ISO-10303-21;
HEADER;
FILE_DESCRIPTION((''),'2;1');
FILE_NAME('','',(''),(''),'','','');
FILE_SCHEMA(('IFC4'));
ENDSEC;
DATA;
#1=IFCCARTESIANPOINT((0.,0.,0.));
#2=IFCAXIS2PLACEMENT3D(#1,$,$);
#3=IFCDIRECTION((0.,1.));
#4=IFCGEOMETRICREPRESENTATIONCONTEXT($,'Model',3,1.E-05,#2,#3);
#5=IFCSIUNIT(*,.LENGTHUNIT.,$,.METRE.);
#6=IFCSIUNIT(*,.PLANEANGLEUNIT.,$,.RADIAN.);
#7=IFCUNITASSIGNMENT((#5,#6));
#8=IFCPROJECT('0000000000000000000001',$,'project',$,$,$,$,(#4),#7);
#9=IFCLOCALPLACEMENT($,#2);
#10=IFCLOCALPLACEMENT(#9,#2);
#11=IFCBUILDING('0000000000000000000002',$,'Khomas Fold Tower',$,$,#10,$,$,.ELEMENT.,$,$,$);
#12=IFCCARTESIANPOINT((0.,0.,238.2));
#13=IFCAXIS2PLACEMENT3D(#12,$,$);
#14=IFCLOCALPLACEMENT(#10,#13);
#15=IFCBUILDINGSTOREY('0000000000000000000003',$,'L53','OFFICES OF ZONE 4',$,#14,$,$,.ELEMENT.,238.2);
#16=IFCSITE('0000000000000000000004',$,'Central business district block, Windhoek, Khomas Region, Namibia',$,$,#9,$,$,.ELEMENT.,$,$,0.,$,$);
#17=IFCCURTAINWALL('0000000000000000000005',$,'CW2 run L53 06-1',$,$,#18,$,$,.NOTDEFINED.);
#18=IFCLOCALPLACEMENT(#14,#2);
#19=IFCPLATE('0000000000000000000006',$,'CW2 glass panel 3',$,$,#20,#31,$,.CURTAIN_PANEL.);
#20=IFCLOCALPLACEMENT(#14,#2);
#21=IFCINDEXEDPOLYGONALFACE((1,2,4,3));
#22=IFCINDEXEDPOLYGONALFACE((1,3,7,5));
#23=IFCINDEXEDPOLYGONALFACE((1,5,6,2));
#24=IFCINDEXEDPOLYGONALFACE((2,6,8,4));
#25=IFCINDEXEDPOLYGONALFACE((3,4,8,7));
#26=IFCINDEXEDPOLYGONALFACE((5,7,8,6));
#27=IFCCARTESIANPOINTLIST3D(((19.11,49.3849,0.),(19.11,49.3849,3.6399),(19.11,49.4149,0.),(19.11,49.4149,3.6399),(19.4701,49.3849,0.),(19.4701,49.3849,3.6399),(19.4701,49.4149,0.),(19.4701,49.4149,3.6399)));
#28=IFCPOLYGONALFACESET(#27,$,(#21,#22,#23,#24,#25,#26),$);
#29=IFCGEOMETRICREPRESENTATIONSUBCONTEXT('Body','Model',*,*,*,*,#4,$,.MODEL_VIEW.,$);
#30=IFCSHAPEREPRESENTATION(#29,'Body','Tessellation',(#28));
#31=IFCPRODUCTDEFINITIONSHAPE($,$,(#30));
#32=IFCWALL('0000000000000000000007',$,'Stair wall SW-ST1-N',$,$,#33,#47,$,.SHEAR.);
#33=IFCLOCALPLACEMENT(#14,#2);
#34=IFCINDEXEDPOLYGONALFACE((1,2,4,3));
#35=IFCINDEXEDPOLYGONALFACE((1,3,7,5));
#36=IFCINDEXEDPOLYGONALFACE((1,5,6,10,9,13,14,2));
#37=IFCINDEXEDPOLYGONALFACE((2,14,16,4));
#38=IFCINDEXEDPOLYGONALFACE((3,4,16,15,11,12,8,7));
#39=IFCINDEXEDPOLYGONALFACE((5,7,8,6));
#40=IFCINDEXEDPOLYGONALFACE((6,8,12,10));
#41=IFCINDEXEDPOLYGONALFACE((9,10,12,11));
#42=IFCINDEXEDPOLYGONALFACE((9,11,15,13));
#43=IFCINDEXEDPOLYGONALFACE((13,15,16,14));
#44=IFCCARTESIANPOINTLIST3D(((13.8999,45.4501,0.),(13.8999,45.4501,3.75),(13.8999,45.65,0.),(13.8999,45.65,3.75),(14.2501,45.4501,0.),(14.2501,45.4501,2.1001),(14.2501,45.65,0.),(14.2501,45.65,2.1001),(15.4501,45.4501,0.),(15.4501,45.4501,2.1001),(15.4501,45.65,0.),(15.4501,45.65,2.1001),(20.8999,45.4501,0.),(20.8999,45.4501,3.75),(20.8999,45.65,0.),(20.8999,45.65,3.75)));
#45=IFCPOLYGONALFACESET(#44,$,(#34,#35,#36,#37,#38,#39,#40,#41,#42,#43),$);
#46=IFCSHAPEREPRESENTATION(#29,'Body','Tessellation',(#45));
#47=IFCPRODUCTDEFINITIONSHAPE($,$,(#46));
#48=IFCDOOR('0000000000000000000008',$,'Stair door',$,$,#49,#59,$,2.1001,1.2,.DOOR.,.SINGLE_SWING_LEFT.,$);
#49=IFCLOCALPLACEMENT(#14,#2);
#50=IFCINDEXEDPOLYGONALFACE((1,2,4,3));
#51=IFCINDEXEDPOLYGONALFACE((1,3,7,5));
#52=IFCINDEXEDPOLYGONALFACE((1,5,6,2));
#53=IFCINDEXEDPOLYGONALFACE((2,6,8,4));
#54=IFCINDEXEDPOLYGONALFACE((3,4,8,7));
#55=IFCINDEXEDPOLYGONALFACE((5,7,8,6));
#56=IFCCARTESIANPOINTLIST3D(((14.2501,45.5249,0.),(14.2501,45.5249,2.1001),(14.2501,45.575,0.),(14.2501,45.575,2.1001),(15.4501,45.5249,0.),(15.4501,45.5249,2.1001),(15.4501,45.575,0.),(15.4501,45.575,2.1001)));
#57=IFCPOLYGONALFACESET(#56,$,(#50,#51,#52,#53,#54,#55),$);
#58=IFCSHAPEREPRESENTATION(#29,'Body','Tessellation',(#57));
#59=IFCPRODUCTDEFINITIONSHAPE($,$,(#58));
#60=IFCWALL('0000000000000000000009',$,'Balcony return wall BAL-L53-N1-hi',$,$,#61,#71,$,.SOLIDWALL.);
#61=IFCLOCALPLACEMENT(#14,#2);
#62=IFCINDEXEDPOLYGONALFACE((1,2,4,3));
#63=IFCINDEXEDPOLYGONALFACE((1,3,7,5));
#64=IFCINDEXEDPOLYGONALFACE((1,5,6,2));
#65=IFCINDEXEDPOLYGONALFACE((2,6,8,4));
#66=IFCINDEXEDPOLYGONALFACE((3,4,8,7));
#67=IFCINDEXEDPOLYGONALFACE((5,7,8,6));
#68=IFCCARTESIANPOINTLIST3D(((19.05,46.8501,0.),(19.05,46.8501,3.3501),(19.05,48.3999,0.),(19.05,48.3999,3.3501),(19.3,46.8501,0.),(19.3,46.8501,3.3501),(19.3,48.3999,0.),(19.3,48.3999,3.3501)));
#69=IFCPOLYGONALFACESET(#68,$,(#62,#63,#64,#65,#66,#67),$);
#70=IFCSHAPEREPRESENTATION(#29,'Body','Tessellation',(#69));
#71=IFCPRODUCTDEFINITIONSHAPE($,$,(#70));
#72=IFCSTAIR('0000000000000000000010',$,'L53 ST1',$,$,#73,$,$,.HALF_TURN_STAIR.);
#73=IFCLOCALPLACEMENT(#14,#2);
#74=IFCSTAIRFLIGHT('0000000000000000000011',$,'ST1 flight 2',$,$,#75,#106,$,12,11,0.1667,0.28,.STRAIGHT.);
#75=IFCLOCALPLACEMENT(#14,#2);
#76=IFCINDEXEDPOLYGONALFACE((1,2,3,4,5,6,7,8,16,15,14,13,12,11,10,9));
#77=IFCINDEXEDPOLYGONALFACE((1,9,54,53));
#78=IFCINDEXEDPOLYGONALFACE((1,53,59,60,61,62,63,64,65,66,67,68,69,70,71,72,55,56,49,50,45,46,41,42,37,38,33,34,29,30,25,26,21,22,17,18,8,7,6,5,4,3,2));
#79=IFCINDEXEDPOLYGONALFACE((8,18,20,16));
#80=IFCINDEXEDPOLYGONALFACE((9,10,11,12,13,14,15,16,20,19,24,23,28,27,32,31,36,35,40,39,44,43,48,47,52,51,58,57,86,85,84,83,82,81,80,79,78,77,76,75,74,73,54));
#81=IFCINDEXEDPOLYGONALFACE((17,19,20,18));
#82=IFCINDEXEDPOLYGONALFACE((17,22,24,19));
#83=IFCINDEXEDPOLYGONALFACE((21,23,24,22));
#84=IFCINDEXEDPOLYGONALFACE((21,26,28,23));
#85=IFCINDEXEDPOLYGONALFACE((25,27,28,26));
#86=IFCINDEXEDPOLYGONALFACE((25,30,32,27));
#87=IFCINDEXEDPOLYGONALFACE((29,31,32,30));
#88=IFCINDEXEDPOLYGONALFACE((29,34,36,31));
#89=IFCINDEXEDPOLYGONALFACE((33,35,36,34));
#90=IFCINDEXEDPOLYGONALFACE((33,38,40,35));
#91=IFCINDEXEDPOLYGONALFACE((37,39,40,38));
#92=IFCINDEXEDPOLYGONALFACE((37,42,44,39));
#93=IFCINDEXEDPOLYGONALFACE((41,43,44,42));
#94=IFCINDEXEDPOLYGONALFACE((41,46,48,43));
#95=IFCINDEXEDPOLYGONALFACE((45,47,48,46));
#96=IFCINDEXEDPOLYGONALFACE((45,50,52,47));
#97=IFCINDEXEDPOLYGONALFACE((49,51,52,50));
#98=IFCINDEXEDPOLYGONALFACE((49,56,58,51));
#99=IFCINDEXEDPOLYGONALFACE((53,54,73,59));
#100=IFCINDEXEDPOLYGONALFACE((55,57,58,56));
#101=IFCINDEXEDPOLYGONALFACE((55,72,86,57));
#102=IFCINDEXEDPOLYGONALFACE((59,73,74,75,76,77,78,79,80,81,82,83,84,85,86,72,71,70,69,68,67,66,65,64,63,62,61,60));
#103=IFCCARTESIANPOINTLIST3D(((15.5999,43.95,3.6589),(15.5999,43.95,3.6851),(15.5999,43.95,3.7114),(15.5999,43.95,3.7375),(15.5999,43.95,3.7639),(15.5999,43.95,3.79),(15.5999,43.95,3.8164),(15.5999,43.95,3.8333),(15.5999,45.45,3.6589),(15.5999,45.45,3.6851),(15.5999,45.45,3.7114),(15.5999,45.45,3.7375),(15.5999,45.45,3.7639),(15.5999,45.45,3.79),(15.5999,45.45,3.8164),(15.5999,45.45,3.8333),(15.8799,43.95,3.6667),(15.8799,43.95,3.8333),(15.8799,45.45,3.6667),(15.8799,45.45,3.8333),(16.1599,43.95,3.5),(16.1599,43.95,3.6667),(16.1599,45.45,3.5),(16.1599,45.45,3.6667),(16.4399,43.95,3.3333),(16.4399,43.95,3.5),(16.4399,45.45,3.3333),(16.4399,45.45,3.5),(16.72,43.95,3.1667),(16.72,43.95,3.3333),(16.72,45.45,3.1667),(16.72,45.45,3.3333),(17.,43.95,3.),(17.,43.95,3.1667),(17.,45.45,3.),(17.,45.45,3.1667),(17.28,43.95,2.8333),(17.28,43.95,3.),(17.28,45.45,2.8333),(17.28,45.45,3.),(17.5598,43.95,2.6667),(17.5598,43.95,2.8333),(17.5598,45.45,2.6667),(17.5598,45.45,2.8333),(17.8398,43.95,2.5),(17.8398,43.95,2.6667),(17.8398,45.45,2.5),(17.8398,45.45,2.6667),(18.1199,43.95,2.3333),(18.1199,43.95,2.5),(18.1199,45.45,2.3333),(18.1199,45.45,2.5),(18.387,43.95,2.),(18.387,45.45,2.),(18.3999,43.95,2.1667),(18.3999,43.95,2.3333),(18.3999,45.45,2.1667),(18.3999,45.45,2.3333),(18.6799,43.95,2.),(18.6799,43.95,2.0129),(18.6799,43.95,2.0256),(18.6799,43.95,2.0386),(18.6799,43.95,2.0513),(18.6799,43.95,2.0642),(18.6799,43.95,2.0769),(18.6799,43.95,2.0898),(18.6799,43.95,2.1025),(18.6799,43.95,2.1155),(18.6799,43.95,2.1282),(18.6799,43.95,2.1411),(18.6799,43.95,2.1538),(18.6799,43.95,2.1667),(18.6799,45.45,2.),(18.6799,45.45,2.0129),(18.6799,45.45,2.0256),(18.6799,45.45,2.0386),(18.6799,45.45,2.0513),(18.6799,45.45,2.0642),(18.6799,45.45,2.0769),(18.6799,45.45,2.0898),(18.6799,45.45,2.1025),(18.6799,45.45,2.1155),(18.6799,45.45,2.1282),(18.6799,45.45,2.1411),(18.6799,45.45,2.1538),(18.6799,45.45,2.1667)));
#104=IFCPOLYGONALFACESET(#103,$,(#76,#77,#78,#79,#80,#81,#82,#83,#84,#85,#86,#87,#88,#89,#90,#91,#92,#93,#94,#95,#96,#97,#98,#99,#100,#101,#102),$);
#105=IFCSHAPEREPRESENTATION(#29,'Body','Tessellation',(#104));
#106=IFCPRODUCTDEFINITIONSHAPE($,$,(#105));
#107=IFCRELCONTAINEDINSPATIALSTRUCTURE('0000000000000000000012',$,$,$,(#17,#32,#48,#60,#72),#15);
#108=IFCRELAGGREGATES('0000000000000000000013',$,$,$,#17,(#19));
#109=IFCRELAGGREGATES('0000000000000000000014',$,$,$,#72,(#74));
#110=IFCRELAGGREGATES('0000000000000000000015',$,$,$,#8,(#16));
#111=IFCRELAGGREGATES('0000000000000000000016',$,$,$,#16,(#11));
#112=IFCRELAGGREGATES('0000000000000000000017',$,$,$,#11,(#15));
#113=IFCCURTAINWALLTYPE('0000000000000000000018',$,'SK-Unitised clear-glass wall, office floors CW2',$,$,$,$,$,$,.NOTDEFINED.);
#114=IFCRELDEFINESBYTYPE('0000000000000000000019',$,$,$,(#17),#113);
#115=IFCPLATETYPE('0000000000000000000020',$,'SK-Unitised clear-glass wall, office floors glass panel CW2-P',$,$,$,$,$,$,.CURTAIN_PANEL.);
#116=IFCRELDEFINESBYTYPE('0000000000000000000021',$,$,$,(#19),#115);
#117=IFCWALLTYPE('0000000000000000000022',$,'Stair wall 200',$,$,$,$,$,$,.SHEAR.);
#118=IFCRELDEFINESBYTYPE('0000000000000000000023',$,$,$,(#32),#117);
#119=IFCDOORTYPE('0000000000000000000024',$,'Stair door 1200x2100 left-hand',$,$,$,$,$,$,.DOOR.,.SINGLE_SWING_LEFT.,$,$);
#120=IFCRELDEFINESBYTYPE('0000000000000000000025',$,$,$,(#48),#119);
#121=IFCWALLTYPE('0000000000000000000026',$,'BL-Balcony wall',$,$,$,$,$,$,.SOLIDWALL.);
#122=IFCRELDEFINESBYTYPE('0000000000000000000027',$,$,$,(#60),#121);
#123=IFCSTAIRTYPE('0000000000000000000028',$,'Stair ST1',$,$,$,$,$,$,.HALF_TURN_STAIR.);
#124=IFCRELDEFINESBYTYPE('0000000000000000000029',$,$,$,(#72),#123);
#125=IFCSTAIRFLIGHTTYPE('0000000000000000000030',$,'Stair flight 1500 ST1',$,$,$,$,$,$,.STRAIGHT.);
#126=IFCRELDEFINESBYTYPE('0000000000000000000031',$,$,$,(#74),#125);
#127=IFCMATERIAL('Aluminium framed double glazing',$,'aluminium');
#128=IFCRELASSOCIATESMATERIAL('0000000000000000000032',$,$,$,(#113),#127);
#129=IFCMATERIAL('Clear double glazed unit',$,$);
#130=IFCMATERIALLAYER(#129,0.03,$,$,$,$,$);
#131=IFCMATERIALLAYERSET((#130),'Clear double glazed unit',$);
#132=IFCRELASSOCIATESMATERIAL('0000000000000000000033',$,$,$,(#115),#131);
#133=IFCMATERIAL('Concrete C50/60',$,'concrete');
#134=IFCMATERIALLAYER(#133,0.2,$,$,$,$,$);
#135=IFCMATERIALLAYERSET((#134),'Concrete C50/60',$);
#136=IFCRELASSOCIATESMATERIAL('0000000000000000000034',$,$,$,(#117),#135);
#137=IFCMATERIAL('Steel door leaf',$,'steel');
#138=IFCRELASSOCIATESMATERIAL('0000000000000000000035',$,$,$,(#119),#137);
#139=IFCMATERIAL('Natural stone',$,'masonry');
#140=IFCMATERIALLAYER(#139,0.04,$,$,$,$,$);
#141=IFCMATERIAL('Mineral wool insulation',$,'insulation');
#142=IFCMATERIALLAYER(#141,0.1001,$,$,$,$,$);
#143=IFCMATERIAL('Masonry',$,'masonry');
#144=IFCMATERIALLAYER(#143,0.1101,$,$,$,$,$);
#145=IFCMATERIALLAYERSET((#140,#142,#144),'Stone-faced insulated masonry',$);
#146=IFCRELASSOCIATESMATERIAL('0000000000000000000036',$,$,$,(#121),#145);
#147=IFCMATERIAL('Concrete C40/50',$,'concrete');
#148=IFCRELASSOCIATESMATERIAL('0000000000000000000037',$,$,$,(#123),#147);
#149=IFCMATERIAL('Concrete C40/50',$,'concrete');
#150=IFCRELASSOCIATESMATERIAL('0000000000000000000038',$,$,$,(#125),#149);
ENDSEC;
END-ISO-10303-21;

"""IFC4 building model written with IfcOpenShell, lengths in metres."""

from ifc_helpers import new_model, si_unit, direction, frame, frame_2d, origin, origin_2d, place, context, subcontext, project, spatial, polyline, rectangle, outline, extrude, source, transform, mapped, material, layer, layer_set, type_object, element, fill, aggregate, save


model = new_model("IFC4")

# Units and contexts
model_context = context("Model", 3, precision=1e-05, world=origin(), true_north=direction((0.0, 1.0)))
body_context = subcontext(model_context, "Body", "Model", "MODEL_VIEW")
ifc_project = project(units=[si_unit("LENGTHUNIT", "METRE"), si_unit("PLANEANGLEUNIT", "RADIAN")], contexts=[model_context])

# Site, building, storey
site_placement = place(None, origin())
site = spatial("IfcSite", under=ifc_project, at=site_placement, Name="Central business district block, Windhoek, Khomas Region, Namibia", CompositionType="ELEMENT", RefElevation=0.0)
building_placement = place(site_placement, origin())
building = spatial("IfcBuilding", under=site, at=building_placement, Name="Khomas Fold Tower", CompositionType="ELEMENT")
storey_placement = place(building_placement, frame((0.0, 0.0, 238.2)))
storey = spatial("IfcBuildingStorey", under=building, at=storey_placement, Name="L53", Description="OFFICES OF ZONE 4", CompositionType="ELEMENT", Elevation=238.2)

# Curtain wall
ifc_material_1 = material(Name="Aluminium framed double glazing", Category="aluminium")
curtain_wall_type = type_object("IfcCurtainWallType", Name="SK-Unitised clear-glass wall, office floors CW2", PredefinedType="NOTDEFINED", material=ifc_material_1)
curtain_wall_1_placement = place(storey_placement, origin())
curtain_wall_1 = element("IfcCurtainWall", 1, at=curtain_wall_1_placement, inside=storey, type_object=curtain_wall_type, Name="CW2 run L53 06-1", PredefinedType="NOTDEFINED")

# Plate
ifc_material_2 = material(Name="Clear double glazed unit")
ifc_layer_1 = layer(ifc_material_2, 0.03)
ifc_layer_set_1 = layer_set([ifc_layer_1], Name="Clear double glazed unit")
plate_type = type_object("IfcPlateType", Name="SK-Unitised clear-glass wall, office floors glass panel CW2-P", PredefinedType="CURTAIN_PANEL", material=ifc_layer_set_1)
shared_shape_1 = source(origin(), body_context, "Body", "SweptSolid", [
    extrude(rectangle(XDim=0.3601, YDim=0.03, at=origin_2d()), origin(), (0.0, 0.0, 1.0), 3.6399),
])
plate_placement = place(storey_placement, frame((19.29, 49.3999, 0.0), z_axis=(0.0, 0.0, 1.0), x_axis=(-1.0, 0.0, 0.0)))
plate = element("IfcPlate", 2, at=plate_placement, type_object=plate_type, Name="CW2 glass panel 3", PredefinedType="CURTAIN_PANEL", context=body_context, shape_type="MappedRepresentation", body=[
    mapped(shared_shape_1, transform((0.0, 0.0, 0.0))),
])
aggregate(curtain_wall_1, [plate])

# Wall, opening, door
ifc_material_3 = material(Name="Concrete C50/60", Category="concrete")
ifc_layer_2 = layer(ifc_material_3, 0.2)
ifc_layer_set_2 = layer_set([ifc_layer_2], Name="Concrete C50/60")
wall_type_1 = type_object("IfcWallType", Name="Stair wall 200", PredefinedType="SHEAR", material=ifc_layer_set_2)
shared_shape_2 = source(origin(), body_context, "Body", "SweptSolid", [
    extrude(rectangle(XDim=7.0, YDim=0.2, at=frame_2d((3.5, 0.0))), origin(), (0.0, 0.0, 1.0), 3.75),
])
wall_1_placement = place(storey_placement, frame((13.8999, 45.55, 0.0), z_axis=(0.0, 0.0, 1.0), x_axis=(1.0, 0.0, 0.0)))
wall_1 = element("IfcWall", 3, at=wall_1_placement, inside=storey, type_object=wall_type_1, Name="Stair wall SW-ST1-N", PredefinedType="SHEAR", context=body_context, shape_type="MappedRepresentation", body=[
    mapped(shared_shape_2, transform((0.0, 0.0, 0.0))),
])
shared_shape_3 = source(origin(), body_context, "Body", "SweptSolid", [
    extrude(rectangle(XDim=1.2, YDim=2.1001, at=frame_2d((0.6001, 1.05))), frame((0.0, 0.1099, 0.0), z_axis=(0.0, -1.0, 0.0), x_axis=(1.0, 0.0, 0.0)), (0.0, 0.0, 1.0), 0.22),
])
opening_1_placement = place(wall_1_placement, frame((0.3501, 0.0, 0.0)))
opening_1 = element("IfcOpeningElement", 4, at=opening_1_placement, cuts=wall_1, PredefinedType="OPENING", context=body_context, shape_type="MappedRepresentation", body=[
    mapped(shared_shape_3, transform((0.0, 0.0, 0.0))),
])
ifc_material_4 = material(Name="Steel door leaf", Category="steel")
door_type_1 = type_object("IfcDoorType", Name="Stair door 1200x2100 left-hand", OperationType="SINGLE_SWING_LEFT", PredefinedType="DOOR", material=ifc_material_4)
shared_shape_4 = source(origin(), body_context, "Body", "SweptSolid", [
    extrude(rectangle(XDim=1.2, YDim=2.1001, at=frame_2d((0.6001, 1.05))), frame((0.0, 0.0249, 0.0), z_axis=(0.0, -1.0, 0.0), x_axis=(1.0, 0.0, 0.0)), (0.0, 0.0, 1.0), 0.05),
])
door_1_placement = place(opening_1_placement, origin())
door_1 = element("IfcDoor", 5, at=door_1_placement, inside=storey, type_object=door_type_1, Name="Stair door", OperationType="SINGLE_SWING_LEFT", OverallHeight=2.1001, OverallWidth=1.2, PredefinedType="DOOR", context=body_context, shape_type="MappedRepresentation", body=[
    mapped(shared_shape_4, transform((0.0, 0.0, 0.0))),
])
fill(opening_1, door_1)

# Shared definitions
ifc_material_5 = material(Name="Natural stone", Category="masonry")
ifc_layer_3 = layer(ifc_material_5, 0.04)
ifc_material_6 = material(Name="Mineral wool insulation", Category="insulation")
ifc_layer_4 = layer(ifc_material_6, 0.1001)
ifc_material_7 = material(Name="Masonry", Category="masonry")
ifc_layer_5 = layer(ifc_material_7, 0.1101)
ifc_layer_set_3 = layer_set([ifc_layer_3, ifc_layer_4, ifc_layer_5], Name="Stone-faced insulated masonry")
wall_type_2 = type_object("IfcWallType", Name="BL-Balcony wall", PredefinedType="SOLIDWALL", material=ifc_layer_set_3)

# Wall
shared_shape_5 = source(origin(), body_context, "Body", "SweptSolid", [
    extrude(rectangle(XDim=1.5498, YDim=0.25, at=frame_2d((0.7749, 0.0))), origin(), (0.0, 0.0, 1.0), 3.3501),
])
wall_2_placement = place(storey_placement, frame((19.175, 48.3999, 0.0), z_axis=(0.0, 0.0, 1.0), x_axis=(0.0, -1.0, 0.0)))
element("IfcWall", 6, at=wall_2_placement, inside=storey, type_object=wall_type_2, Name="Balcony return wall BAL-L53-N1-hi", PredefinedType="SOLIDWALL", context=body_context, shape_type="MappedRepresentation", body=[
    mapped(shared_shape_5, transform((0.0, 0.0, 0.0))),
])

# Stair, stair flight
ifc_material_8 = material(Name="Concrete C40/50", Category="concrete")
stair_type = type_object("IfcStairType", Name="Stair ST1", PredefinedType="HALF_TURN_STAIR", material=ifc_material_8)
stair_placement = place(storey_placement, origin())
stair = element("IfcStair", 7, at=stair_placement, inside=storey, type_object=stair_type, Name="L53 ST1", PredefinedType="HALF_TURN_STAIR")
ifc_material_9 = material(Name="Concrete C40/50", Category="concrete")
stair_flight_type = type_object("IfcStairFlightType", Name="Stair flight 1500 ST1", PredefinedType="STRAIGHT", material=ifc_material_9)
shared_shape_6 = source(origin(), body_context, "Body", "SweptSolid", [
    extrude(outline(polyline([(0.0, 0.0), (0.0, 0.0129), (0.0, 0.0256), (0.0, 0.0386), (0.0, 0.0513), (0.0, 0.0642), (0.0, 0.0769), (0.0, 0.0898), (0.0, 0.1025), (0.0, 0.1155), (0.0, 0.1282), (0.0, 0.1411), (0.0, 0.1538), (0.0, 0.1667), (0.28, 0.1667), (0.28, 0.3333), (0.5601, 0.3333), (0.5601, 0.5), (0.8401, 0.5), (0.8401, 0.6667), (1.1201, 0.6667), (1.1201, 0.8333), (1.3999, 0.8333), (1.3999, 1.0), (1.6799, 1.0), (1.6799, 1.1667), (1.96, 1.1667), (1.96, 1.3333), (2.24, 1.3333), (2.24, 1.5), (2.52, 1.5), (2.52, 1.6667), (2.8, 1.6667), (2.8, 1.8333), (3.0801, 1.8333), (3.0801, 2.0), (3.0801, 1.9739), (3.0801, 1.9475), (3.0801, 1.9214), (3.0801, 1.895), (3.0801, 1.8689), (3.0801, 1.8425), (3.0801, 1.8164), (3.0801, 1.79), (3.0801, 1.7639), (3.0801, 1.7375), (3.0801, 1.7114), (3.0801, 1.6851), (3.0801, 1.6589), (0.293, 0.0), (0.0, 0.0)])), frame((0.0, 0.75, 0.0), z_axis=(0.0, -1.0, 0.0), x_axis=(1.0, 0.0, 0.0)), (0.0, 0.0, 1.0), 1.5),
])
stair_flight_placement = place(storey_placement, frame((18.6799, 44.7, 2.0), z_axis=(0.0, 0.0, 1.0), x_axis=(-1.0, 0.0, 0.0)))
stair_flight = element("IfcStairFlight", 8, at=stair_flight_placement, type_object=stair_flight_type, Name="ST1 flight 2", NumberOfRisers=12, NumberOfTreads=11, PredefinedType="STRAIGHT", RiserHeight=0.1667, TreadLength=0.28, context=body_context, shape_type="MappedRepresentation", body=[
    mapped(shared_shape_6, transform((0.0, 0.0, 0.0))),
])
aggregate(stair, [stair_flight])

save(model, "model.ifc")
